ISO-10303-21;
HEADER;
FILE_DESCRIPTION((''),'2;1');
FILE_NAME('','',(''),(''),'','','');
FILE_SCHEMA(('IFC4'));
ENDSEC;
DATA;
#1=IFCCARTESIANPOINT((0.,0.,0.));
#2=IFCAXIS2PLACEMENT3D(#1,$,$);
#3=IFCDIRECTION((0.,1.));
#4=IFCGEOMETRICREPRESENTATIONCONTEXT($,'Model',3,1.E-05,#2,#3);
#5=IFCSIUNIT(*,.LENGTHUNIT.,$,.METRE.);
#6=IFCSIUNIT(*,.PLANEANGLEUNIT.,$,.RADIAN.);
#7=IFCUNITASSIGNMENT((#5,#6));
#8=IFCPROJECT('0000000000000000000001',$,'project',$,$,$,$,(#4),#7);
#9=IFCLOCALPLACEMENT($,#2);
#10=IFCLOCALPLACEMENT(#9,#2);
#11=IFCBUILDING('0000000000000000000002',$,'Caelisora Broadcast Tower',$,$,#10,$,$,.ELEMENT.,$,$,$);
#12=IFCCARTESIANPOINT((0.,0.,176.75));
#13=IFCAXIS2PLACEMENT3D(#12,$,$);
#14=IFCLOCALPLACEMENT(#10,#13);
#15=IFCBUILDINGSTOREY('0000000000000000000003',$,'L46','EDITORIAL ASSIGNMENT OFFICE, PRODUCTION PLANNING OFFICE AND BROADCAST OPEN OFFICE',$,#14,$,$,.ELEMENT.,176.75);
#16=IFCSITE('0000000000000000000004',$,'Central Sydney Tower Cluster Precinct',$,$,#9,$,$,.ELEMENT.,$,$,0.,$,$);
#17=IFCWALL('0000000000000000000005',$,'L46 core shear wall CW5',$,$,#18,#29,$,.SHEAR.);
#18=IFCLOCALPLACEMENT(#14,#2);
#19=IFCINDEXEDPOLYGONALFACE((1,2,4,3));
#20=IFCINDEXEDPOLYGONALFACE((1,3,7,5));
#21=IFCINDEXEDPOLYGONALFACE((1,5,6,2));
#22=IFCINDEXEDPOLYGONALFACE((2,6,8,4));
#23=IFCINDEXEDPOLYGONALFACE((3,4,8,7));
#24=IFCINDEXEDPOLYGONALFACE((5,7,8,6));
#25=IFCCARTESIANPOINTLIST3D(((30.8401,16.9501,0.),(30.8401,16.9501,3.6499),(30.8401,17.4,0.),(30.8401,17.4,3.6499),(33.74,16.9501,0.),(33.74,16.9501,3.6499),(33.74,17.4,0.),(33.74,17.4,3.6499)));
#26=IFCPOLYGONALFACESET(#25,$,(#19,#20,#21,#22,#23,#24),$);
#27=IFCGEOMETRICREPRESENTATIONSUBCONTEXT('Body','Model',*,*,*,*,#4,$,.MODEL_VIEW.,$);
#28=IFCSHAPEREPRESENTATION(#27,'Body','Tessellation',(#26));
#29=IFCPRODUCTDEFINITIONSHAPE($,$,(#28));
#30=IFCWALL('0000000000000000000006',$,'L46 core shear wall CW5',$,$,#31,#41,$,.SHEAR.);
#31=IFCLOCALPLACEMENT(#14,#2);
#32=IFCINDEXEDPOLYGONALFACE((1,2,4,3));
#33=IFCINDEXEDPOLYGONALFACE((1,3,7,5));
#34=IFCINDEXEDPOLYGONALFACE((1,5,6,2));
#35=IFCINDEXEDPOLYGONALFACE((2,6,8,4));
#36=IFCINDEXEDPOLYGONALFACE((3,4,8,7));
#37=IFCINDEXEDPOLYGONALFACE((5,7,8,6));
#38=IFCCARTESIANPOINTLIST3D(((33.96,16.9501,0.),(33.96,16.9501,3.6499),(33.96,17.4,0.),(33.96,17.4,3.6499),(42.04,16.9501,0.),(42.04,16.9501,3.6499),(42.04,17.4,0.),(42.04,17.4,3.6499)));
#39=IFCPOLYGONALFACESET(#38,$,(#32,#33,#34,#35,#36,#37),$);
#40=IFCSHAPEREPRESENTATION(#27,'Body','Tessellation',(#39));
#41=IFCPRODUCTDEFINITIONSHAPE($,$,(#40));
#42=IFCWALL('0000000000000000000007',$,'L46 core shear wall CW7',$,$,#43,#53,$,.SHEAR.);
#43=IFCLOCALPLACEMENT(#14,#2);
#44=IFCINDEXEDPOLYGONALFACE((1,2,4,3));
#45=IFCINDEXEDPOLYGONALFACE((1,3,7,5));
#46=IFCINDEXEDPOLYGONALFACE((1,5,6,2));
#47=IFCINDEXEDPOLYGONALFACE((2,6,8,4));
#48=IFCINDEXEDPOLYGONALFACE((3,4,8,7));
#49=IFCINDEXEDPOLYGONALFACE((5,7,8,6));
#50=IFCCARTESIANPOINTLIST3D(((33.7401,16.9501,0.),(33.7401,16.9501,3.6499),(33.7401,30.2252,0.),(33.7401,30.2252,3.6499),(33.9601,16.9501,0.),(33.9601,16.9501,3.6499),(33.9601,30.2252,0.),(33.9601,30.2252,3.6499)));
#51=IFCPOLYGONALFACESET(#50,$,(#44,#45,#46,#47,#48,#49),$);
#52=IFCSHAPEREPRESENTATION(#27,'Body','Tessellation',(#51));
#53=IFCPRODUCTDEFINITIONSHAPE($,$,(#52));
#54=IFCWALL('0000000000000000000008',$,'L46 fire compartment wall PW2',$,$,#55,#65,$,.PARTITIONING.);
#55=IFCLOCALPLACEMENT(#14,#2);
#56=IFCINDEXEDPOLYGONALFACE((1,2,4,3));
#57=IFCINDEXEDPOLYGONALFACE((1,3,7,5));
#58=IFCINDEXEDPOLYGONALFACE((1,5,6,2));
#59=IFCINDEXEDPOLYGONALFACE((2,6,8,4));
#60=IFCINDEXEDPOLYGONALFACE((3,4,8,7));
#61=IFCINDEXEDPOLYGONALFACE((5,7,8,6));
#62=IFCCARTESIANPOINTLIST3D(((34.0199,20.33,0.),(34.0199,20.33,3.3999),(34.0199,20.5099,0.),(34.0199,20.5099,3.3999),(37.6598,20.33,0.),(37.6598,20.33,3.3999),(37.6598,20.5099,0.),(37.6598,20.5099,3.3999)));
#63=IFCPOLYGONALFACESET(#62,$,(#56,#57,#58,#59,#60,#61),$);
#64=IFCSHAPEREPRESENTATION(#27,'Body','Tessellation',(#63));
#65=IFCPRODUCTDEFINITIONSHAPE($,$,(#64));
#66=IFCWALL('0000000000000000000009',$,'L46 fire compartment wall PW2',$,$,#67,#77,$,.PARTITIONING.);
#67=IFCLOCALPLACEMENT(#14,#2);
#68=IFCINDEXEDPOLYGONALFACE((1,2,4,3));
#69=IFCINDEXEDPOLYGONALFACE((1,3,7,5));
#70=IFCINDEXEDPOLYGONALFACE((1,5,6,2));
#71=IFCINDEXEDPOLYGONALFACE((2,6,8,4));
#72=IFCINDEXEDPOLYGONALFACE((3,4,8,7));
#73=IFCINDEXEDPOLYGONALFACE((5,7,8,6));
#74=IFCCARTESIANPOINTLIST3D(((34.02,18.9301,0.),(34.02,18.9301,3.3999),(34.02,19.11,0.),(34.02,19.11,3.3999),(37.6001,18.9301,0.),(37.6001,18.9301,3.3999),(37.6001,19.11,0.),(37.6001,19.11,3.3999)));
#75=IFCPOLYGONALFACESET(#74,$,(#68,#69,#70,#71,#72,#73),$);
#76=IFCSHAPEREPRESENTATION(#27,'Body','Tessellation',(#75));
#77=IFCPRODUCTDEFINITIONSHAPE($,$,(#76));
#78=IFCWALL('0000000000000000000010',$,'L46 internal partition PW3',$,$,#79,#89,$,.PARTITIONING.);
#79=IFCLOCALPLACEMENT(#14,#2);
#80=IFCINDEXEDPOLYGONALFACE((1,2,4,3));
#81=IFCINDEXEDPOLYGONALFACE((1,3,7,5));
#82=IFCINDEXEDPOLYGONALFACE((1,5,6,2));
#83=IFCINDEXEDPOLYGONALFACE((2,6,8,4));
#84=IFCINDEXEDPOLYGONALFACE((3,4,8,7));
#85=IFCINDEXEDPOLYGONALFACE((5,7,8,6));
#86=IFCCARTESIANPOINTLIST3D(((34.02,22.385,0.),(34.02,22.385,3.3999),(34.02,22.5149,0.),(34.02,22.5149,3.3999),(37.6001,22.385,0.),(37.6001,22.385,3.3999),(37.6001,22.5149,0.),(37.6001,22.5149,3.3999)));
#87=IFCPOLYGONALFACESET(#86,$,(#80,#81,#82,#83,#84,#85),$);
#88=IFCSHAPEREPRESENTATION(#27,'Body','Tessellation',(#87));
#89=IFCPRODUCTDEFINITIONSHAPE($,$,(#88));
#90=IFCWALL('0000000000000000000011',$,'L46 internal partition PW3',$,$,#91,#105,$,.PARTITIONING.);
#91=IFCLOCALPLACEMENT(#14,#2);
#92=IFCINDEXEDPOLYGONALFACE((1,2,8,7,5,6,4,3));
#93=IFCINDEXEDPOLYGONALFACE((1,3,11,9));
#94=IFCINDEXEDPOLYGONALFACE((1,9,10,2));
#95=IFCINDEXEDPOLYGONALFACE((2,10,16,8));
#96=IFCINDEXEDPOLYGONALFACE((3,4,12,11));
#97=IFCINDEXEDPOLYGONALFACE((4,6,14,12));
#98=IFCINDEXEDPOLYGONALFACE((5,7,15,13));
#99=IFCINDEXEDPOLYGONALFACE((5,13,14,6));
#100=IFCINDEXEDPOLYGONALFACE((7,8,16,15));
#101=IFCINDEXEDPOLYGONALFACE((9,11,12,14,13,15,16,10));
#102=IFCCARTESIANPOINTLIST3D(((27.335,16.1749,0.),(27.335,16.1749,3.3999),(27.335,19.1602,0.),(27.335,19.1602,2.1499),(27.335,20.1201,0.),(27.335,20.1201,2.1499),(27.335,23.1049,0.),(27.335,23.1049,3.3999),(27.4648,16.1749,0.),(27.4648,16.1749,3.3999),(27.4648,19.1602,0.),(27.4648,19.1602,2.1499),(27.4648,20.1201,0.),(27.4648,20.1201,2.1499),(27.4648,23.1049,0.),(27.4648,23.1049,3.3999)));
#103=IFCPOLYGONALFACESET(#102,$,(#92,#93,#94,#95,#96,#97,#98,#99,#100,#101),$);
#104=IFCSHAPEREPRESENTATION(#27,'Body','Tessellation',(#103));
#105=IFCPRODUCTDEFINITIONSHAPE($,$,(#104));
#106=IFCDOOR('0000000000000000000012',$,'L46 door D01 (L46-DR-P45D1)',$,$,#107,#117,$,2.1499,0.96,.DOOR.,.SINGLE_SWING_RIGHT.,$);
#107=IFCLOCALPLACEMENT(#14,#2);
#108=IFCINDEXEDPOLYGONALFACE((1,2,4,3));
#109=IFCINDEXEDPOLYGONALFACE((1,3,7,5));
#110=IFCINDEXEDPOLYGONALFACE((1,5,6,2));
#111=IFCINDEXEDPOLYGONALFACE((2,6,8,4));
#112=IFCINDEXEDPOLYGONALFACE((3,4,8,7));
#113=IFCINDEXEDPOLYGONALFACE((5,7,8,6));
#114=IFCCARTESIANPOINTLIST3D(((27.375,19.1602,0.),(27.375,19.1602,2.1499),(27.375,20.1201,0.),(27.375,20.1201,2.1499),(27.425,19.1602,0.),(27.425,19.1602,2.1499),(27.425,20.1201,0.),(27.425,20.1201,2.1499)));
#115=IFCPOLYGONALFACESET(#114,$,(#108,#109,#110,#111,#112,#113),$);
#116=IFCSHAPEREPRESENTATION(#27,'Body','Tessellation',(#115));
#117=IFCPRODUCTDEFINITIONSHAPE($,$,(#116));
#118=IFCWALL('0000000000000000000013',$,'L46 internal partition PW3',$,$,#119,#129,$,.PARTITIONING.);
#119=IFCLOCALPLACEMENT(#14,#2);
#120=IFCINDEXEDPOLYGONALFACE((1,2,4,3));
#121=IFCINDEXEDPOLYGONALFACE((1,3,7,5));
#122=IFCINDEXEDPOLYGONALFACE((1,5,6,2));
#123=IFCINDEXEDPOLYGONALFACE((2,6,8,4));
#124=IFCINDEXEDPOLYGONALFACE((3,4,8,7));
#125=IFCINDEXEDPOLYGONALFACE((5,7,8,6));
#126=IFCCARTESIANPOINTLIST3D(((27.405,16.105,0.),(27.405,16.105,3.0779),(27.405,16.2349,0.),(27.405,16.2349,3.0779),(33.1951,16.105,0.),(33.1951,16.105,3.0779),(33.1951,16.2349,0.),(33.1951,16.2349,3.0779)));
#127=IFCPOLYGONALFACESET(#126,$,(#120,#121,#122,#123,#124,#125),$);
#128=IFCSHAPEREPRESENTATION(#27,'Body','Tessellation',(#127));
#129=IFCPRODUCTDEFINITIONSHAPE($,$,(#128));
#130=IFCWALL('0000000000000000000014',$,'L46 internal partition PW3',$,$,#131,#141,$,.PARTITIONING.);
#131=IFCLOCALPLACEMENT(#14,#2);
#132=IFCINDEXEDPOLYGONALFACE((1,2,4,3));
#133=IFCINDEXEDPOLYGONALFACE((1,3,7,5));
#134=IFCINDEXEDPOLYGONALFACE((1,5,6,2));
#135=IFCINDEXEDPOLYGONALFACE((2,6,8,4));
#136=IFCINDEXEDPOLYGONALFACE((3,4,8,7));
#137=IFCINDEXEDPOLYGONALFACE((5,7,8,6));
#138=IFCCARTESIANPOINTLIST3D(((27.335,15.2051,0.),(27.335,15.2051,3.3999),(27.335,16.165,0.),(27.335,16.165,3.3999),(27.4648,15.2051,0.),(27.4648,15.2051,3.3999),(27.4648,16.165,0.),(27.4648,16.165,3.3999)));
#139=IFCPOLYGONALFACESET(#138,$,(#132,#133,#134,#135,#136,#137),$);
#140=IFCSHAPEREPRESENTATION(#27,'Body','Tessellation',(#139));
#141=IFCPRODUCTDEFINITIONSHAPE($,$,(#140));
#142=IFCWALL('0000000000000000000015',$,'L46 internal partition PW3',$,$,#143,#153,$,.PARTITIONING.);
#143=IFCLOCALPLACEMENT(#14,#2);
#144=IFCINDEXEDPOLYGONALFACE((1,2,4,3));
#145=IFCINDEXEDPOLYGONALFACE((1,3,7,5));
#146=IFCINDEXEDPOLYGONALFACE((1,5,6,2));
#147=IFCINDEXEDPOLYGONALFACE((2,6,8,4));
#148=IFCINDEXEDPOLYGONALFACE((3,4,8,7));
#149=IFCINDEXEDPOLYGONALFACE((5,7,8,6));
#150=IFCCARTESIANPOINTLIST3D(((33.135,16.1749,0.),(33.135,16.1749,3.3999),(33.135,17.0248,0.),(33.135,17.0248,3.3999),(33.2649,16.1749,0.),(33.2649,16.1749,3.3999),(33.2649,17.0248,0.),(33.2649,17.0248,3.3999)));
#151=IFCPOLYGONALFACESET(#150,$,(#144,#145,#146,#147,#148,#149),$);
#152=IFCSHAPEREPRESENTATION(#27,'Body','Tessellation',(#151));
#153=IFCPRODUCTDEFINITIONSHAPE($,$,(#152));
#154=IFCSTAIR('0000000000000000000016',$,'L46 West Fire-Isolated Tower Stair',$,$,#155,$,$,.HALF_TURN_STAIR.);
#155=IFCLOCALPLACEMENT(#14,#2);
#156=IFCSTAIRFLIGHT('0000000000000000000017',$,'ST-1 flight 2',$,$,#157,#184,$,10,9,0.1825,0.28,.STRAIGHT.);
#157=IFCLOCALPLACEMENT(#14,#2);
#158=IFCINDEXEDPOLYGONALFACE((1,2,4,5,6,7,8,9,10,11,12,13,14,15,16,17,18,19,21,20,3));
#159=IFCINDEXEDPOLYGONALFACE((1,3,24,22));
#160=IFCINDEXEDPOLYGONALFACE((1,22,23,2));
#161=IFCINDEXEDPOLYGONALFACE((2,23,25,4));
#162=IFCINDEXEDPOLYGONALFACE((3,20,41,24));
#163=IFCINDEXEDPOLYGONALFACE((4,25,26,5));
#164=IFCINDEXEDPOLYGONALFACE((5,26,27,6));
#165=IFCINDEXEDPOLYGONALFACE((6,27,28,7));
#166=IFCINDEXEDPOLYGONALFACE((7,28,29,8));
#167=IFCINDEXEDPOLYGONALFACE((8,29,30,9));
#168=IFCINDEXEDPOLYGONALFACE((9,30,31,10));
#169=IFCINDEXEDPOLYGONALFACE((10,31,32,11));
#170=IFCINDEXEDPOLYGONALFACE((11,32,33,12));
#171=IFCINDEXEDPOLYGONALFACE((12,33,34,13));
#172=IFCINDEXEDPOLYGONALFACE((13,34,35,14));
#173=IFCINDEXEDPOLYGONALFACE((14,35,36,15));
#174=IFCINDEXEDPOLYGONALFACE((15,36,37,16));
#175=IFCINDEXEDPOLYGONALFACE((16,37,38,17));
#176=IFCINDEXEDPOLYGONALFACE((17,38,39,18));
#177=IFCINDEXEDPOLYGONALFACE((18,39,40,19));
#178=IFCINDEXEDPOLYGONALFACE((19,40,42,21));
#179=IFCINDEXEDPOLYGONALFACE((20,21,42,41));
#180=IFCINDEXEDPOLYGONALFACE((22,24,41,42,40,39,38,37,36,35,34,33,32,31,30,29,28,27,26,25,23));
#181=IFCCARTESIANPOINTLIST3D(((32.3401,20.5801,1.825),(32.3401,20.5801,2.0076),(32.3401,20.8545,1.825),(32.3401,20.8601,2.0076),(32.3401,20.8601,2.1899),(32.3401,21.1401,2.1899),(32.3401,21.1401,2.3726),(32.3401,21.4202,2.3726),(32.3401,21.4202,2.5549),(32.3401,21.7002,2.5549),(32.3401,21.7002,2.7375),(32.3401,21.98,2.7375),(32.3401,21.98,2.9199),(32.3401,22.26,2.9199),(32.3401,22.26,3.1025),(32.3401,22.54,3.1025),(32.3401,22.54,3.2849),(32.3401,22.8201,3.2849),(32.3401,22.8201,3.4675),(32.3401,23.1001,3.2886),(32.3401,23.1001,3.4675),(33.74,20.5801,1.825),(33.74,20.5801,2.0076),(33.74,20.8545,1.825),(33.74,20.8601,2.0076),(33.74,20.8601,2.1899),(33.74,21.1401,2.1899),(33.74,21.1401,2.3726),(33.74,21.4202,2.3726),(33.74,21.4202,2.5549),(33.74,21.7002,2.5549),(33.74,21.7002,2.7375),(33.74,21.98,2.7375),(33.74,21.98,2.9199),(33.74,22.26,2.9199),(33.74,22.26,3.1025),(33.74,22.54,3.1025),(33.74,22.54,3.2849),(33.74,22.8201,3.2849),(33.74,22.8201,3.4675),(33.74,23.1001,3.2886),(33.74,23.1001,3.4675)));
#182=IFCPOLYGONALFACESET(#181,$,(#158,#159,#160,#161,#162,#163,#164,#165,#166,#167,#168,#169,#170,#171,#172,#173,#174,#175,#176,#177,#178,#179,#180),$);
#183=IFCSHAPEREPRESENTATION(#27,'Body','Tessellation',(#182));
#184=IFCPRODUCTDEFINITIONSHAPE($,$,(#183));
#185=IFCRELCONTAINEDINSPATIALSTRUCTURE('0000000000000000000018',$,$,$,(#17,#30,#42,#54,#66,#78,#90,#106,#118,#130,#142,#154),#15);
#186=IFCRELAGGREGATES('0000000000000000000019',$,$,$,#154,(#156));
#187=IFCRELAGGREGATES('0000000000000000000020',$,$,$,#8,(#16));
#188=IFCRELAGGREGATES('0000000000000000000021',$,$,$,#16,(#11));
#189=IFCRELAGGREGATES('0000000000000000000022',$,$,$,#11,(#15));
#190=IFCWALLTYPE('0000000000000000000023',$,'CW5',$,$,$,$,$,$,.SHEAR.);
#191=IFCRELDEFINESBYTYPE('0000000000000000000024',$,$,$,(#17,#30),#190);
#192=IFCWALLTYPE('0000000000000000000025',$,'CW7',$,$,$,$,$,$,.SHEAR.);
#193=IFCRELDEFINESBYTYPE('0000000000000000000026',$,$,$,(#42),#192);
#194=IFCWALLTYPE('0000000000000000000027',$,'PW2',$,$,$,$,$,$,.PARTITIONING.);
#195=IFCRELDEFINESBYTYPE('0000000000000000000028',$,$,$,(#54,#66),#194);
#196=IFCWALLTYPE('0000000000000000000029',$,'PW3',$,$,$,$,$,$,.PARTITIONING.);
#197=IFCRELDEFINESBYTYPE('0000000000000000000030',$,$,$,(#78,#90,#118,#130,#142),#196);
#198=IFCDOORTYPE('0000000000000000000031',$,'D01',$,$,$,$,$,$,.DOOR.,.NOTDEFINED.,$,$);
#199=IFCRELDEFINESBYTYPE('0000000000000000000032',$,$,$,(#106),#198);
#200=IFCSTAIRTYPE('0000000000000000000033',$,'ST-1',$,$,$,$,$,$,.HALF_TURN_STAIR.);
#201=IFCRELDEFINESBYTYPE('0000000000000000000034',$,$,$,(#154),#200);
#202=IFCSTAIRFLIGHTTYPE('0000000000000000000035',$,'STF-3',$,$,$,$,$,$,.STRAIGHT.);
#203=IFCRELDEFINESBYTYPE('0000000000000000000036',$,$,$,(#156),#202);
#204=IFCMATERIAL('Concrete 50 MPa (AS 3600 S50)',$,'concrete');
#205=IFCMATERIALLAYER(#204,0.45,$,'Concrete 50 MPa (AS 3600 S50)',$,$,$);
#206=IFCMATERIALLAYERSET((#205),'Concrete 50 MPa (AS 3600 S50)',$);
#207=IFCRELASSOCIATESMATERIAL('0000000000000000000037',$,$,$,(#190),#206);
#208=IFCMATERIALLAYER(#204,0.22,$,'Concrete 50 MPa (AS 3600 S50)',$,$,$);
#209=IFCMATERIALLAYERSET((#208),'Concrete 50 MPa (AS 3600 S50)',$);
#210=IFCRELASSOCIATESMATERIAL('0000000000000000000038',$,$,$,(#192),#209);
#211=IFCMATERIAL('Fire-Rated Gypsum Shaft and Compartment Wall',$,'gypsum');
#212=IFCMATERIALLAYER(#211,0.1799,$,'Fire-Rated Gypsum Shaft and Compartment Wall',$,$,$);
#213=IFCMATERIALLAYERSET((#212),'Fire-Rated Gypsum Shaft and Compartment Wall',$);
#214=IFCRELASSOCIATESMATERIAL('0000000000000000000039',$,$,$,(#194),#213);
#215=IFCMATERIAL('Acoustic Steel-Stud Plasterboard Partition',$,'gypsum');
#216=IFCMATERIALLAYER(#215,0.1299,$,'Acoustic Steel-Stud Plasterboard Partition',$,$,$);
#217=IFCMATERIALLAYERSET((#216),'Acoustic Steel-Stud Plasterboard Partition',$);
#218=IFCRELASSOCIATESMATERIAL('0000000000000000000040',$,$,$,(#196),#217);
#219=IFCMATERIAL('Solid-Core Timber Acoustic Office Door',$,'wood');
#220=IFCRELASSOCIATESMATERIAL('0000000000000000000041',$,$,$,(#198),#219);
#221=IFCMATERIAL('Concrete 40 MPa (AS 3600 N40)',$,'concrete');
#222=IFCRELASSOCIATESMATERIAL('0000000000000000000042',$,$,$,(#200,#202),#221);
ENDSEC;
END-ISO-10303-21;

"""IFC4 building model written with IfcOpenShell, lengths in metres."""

from ifc_helpers import new_model, si_unit, direction, frame, frame_2d, origin, place, context, subcontext, project, spatial, polyline, rectangle, outline, extrude, material, layer, layer_set, type_object, element, fill, aggregate, save


model = new_model("IFC4")

# Units and contexts
model_context = context("Model", 3, precision=1e-05, world=origin(), true_north=direction((0.0, 1.0)))
body_context = subcontext(model_context, "Body", "Model", "MODEL_VIEW")
ifc_project = project(units=[si_unit("LENGTHUNIT", "METRE"), si_unit("PLANEANGLEUNIT", "RADIAN")], contexts=[model_context])

# Site, building, storey
site_placement = place(None, origin())
site = spatial("IfcSite", under=ifc_project, at=site_placement, Name="Central Sydney Tower Cluster Precinct", CompositionType="ELEMENT", RefElevation=0.0)
building_placement = place(site_placement, origin())
building = spatial("IfcBuilding", under=site, at=building_placement, Name="Caelisora Broadcast Tower", CompositionType="ELEMENT")
storey_placement = place(building_placement, frame((0.0, 0.0, 176.75)))
storey = spatial("IfcBuildingStorey", under=building, at=storey_placement, Name="L46", Description="EDITORIAL ASSIGNMENT OFFICE, PRODUCTION PLANNING OFFICE AND BROADCAST OPEN OFFICE", CompositionType="ELEMENT", Elevation=176.75)

# Shared definitions
ifc_material_1 = material(Name="Concrete 50 MPa (AS 3600 S50)", Category="concrete")

# Walls
ifc_layer_1 = layer(ifc_material_1, 0.45, Name="Concrete 50 MPa (AS 3600 S50)")
ifc_layer_set_1 = layer_set([ifc_layer_1], Name="Concrete 50 MPa (AS 3600 S50)")
wall_type_1 = type_object("IfcWallType", Name="CW5", PredefinedType="SHEAR", material=ifc_layer_set_1)
wall_1_placement = place(storey_placement, frame((30.8401, 17.175, 0.0), z_axis=(0.0, 0.0, 1.0), x_axis=(1.0, 0.0, 0.0)))
element("IfcWall", 1, at=wall_1_placement, inside=storey, type_object=wall_type_1, Name="L46 core shear wall CW5", PredefinedType="SHEAR", context=body_context, shape_type="SweptSolid", body=[
    extrude(rectangle(XDim=2.8999, YDim=0.45, at=frame_2d((1.45, 0.0))), origin(), (0.0, 0.0, 1.0), 3.6499),
])
wall_2_placement = place(storey_placement, frame((33.96, 17.175, 0.0), z_axis=(0.0, 0.0, 1.0), x_axis=(1.0, 0.0, 0.0)))
element("IfcWall", 2, at=wall_2_placement, inside=storey, type_object=wall_type_1, Name="L46 core shear wall CW5", PredefinedType="SHEAR", context=body_context, shape_type="SweptSolid", body=[
    extrude(rectangle(XDim=8.0801, YDim=0.45, at=frame_2d((4.04, 0.0))), origin(), (0.0, 0.0, 1.0), 3.6499),
])
ifc_layer_2 = layer(ifc_material_1, 0.22, Name="Concrete 50 MPa (AS 3600 S50)")
ifc_layer_set_2 = layer_set([ifc_layer_2], Name="Concrete 50 MPa (AS 3600 S50)")
wall_type_2 = type_object("IfcWallType", Name="CW7", PredefinedType="SHEAR", material=ifc_layer_set_2)
wall_3_placement = place(storey_placement, frame((33.8501, 16.95, 0.0), z_axis=(0.0, 0.0, 1.0), x_axis=(0.0, 1.0, 0.0)))
element("IfcWall", 3, at=wall_3_placement, inside=storey, type_object=wall_type_2, Name="L46 core shear wall CW7", PredefinedType="SHEAR", context=body_context, shape_type="SweptSolid", body=[
    extrude(rectangle(XDim=13.2751, YDim=0.22, at=frame_2d((6.6377, 0.0))), origin(), (0.0, 0.0, 1.0), 3.6499),
])
ifc_material_2 = material(Name="Fire-Rated Gypsum Shaft and Compartment Wall", Category="gypsum")
ifc_layer_3 = layer(ifc_material_2, 0.1799, Name="Fire-Rated Gypsum Shaft and Compartment Wall")
ifc_layer_set_3 = layer_set([ifc_layer_3], Name="Fire-Rated Gypsum Shaft and Compartment Wall")
wall_type_3 = type_object("IfcWallType", Name="PW2", PredefinedType="PARTITIONING", material=ifc_layer_set_3)
wall_4_placement = place(storey_placement, frame((34.02, 20.4199, 0.0), z_axis=(0.0, 0.0, 1.0), x_axis=(1.0, 0.0, 0.0)))
element("IfcWall", 4, at=wall_4_placement, inside=storey, type_object=wall_type_3, Name="L46 fire compartment wall PW2", PredefinedType="PARTITIONING", context=body_context, shape_type="SweptSolid", body=[
    extrude(rectangle(XDim=3.6399, YDim=0.1799, at=frame_2d((1.8198, 0.0))), origin(), (0.0, 0.0, 1.0), 3.3999),
])
wall_5_placement = place(storey_placement, frame((34.02, 19.02, 0.0), z_axis=(0.0, 0.0, 1.0), x_axis=(1.0, 0.0, 0.0)))
element("IfcWall", 5, at=wall_5_placement, inside=storey, type_object=wall_type_3, Name="L46 fire compartment wall PW2", PredefinedType="PARTITIONING", context=body_context, shape_type="SweptSolid", body=[
    extrude(rectangle(XDim=3.5801, YDim=0.1799, at=frame_2d((1.79, 0.0))), origin(), (0.0, 0.0, 1.0), 3.3999),
])
ifc_material_3 = material(Name="Acoustic Steel-Stud Plasterboard Partition", Category="gypsum")
ifc_layer_4 = layer(ifc_material_3, 0.1299, Name="Acoustic Steel-Stud Plasterboard Partition")
ifc_layer_set_4 = layer_set([ifc_layer_4], Name="Acoustic Steel-Stud Plasterboard Partition")
wall_type_4 = type_object("IfcWallType", Name="PW3", PredefinedType="PARTITIONING", material=ifc_layer_set_4)
wall_6_placement = place(storey_placement, frame((34.02, 22.45, 0.0), z_axis=(0.0, 0.0, 1.0), x_axis=(1.0, 0.0, 0.0)))
element("IfcWall", 6, at=wall_6_placement, inside=storey, type_object=wall_type_4, Name="L46 internal partition PW3", PredefinedType="PARTITIONING", context=body_context, shape_type="SweptSolid", body=[
    extrude(rectangle(XDim=3.5801, YDim=0.1299, at=frame_2d((1.79, 0.0))), origin(), (0.0, 0.0, 1.0), 3.3999),
])

# Wall, opening, door
wall_7_placement = place(storey_placement, frame((27.3999, 16.175, 0.0), z_axis=(0.0, 0.0, 1.0), x_axis=(0.0, 1.0, 0.0)))
wall_7 = element("IfcWall", 7, at=wall_7_placement, inside=storey, type_object=wall_type_4, Name="L46 internal partition PW3", PredefinedType="PARTITIONING", context=body_context, shape_type="SweptSolid", body=[
    extrude(rectangle(XDim=6.9299, YDim=0.1299, at=frame_2d((3.4648, 0.0))), origin(), (0.0, 0.0, 1.0), 3.3999),
])
opening_1_placement = place(wall_7_placement, frame((2.9851, 0.0, 0.0)))
opening_1 = element("IfcOpeningElement", 8, at=opening_1_placement, cuts=wall_7, PredefinedType="OPENING", context=body_context, shape_type="SweptSolid", body=[
    extrude(rectangle(XDim=0.96, YDim=2.1499, at=frame_2d((0.48, 1.075))), frame((0.0, 0.0769, 0.0), z_axis=(0.0, -1.0, 0.0), x_axis=(1.0, 0.0, 0.0)), (0.0, 0.0, 1.0), 0.1538),
])
ifc_material_4 = material(Name="Solid-Core Timber Acoustic Office Door", Category="wood")
door_type_1 = type_object("IfcDoorType", Name="D01", OperationType="NOTDEFINED", PredefinedType="DOOR", material=ifc_material_4)
door_1_placement = place(opening_1_placement, origin())
door_1 = element("IfcDoor", 9, at=door_1_placement, inside=storey, type_object=door_type_1, Name="L46 door D01 (L46-DR-P45D1)", OperationType="SINGLE_SWING_RIGHT", OverallHeight=2.1499, OverallWidth=0.96, PredefinedType="DOOR", context=body_context, shape_type="SweptSolid", body=[
    extrude(rectangle(XDim=0.96, YDim=2.1499, at=frame_2d((0.48, 1.075))), frame((0.0, 0.0249, 0.0), z_axis=(0.0, -1.0, 0.0), x_axis=(1.0, 0.0, 0.0)), (0.0, 0.0, 1.0), 0.05),
])
fill(opening_1, door_1)

# Walls
wall_8_placement = place(storey_placement, frame((27.405, 16.1699, 0.0), z_axis=(0.0, 0.0, 1.0), x_axis=(1.0, 0.0, 0.0)))
element("IfcWall", 10, at=wall_8_placement, inside=storey, type_object=wall_type_4, Name="L46 internal partition PW3", PredefinedType="PARTITIONING", context=body_context, shape_type="SweptSolid", body=[
    extrude(rectangle(XDim=5.79, YDim=0.1299, at=frame_2d((2.895, 0.0))), origin(), (0.0, 0.0, 1.0), 3.0779),
])
wall_9_placement = place(storey_placement, frame((27.3999, 15.2051, 0.0), z_axis=(0.0, 0.0, 1.0), x_axis=(0.0, 1.0, 0.0)))
element("IfcWall", 11, at=wall_9_placement, inside=storey, type_object=wall_type_4, Name="L46 internal partition PW3", PredefinedType="PARTITIONING", context=body_context, shape_type="SweptSolid", body=[
    extrude(rectangle(XDim=0.96, YDim=0.1299, at=frame_2d((0.48, 0.0))), origin(), (0.0, 0.0, 1.0), 3.3999),
])
wall_10_placement = place(storey_placement, frame((33.2, 16.175, 0.0), z_axis=(0.0, 0.0, 1.0), x_axis=(0.0, 1.0, 0.0)))
element("IfcWall", 12, at=wall_10_placement, inside=storey, type_object=wall_type_4, Name="L46 internal partition PW3", PredefinedType="PARTITIONING", context=body_context, shape_type="SweptSolid", body=[
    extrude(rectangle(XDim=0.8499, YDim=0.1299, at=frame_2d((0.4248, 0.0))), origin(), (0.0, 0.0, 1.0), 3.3999),
])

# Stair, stair flight
ifc_material_5 = material(Name="Concrete 40 MPa (AS 3600 N40)", Category="concrete")
stair_type = type_object("IfcStairType", Name="ST-1", PredefinedType="HALF_TURN_STAIR", material=ifc_material_5)
stair_placement = place(storey_placement, origin())
stair = element("IfcStair", 13, at=stair_placement, inside=storey, type_object=stair_type, Name="L46 West Fire-Isolated Tower Stair", PredefinedType="HALF_TURN_STAIR")
stair_flight_type = type_object("IfcStairFlightType", Name="STF-3", PredefinedType="STRAIGHT", material=ifc_material_5)
stair_flight_placement = place(storey_placement, frame((33.04, 20.5801, 1.825), z_axis=(0.0, 0.0, 1.0), x_axis=(0.0, 1.0, 0.0)))
stair_flight = element("IfcStairFlight", 14, at=stair_flight_placement, type_object=stair_flight_type, Name="ST-1 flight 2", NumberOfRisers=10, NumberOfTreads=9, PredefinedType="STRAIGHT", RiserHeight=0.1825, TreadLength=0.28, context=body_context, shape_type="SweptSolid", body=[
    extrude(outline(polyline([(0.0, 0.0), (0.0, 0.1826), (0.28, 0.1826), (0.28, 0.365), (0.5601, 0.365), (0.5601, 0.5476), (0.8401, 0.5476), (0.8401, 0.73), (1.1201, 0.73), (1.1201, 0.9126), (1.3999, 0.9126), (1.3999, 1.095), (1.6799, 1.095), (1.6799, 1.2776), (1.96, 1.2776), (1.96, 1.46), (2.24, 1.46), (2.24, 1.6426), (2.52, 1.6426), (2.52, 1.825), (2.52, 1.4636), (0.2744, 0.0), (0.0, 0.0)])), frame((0.0, 0.7, 0.0), z_axis=(0.0, -1.0, 0.0), x_axis=(1.0, 0.0, 0.0)), (0.0, 0.0, 1.0), 1.3999),
])
aggregate(stair, [stair_flight])

save(model, "model.ifc")
